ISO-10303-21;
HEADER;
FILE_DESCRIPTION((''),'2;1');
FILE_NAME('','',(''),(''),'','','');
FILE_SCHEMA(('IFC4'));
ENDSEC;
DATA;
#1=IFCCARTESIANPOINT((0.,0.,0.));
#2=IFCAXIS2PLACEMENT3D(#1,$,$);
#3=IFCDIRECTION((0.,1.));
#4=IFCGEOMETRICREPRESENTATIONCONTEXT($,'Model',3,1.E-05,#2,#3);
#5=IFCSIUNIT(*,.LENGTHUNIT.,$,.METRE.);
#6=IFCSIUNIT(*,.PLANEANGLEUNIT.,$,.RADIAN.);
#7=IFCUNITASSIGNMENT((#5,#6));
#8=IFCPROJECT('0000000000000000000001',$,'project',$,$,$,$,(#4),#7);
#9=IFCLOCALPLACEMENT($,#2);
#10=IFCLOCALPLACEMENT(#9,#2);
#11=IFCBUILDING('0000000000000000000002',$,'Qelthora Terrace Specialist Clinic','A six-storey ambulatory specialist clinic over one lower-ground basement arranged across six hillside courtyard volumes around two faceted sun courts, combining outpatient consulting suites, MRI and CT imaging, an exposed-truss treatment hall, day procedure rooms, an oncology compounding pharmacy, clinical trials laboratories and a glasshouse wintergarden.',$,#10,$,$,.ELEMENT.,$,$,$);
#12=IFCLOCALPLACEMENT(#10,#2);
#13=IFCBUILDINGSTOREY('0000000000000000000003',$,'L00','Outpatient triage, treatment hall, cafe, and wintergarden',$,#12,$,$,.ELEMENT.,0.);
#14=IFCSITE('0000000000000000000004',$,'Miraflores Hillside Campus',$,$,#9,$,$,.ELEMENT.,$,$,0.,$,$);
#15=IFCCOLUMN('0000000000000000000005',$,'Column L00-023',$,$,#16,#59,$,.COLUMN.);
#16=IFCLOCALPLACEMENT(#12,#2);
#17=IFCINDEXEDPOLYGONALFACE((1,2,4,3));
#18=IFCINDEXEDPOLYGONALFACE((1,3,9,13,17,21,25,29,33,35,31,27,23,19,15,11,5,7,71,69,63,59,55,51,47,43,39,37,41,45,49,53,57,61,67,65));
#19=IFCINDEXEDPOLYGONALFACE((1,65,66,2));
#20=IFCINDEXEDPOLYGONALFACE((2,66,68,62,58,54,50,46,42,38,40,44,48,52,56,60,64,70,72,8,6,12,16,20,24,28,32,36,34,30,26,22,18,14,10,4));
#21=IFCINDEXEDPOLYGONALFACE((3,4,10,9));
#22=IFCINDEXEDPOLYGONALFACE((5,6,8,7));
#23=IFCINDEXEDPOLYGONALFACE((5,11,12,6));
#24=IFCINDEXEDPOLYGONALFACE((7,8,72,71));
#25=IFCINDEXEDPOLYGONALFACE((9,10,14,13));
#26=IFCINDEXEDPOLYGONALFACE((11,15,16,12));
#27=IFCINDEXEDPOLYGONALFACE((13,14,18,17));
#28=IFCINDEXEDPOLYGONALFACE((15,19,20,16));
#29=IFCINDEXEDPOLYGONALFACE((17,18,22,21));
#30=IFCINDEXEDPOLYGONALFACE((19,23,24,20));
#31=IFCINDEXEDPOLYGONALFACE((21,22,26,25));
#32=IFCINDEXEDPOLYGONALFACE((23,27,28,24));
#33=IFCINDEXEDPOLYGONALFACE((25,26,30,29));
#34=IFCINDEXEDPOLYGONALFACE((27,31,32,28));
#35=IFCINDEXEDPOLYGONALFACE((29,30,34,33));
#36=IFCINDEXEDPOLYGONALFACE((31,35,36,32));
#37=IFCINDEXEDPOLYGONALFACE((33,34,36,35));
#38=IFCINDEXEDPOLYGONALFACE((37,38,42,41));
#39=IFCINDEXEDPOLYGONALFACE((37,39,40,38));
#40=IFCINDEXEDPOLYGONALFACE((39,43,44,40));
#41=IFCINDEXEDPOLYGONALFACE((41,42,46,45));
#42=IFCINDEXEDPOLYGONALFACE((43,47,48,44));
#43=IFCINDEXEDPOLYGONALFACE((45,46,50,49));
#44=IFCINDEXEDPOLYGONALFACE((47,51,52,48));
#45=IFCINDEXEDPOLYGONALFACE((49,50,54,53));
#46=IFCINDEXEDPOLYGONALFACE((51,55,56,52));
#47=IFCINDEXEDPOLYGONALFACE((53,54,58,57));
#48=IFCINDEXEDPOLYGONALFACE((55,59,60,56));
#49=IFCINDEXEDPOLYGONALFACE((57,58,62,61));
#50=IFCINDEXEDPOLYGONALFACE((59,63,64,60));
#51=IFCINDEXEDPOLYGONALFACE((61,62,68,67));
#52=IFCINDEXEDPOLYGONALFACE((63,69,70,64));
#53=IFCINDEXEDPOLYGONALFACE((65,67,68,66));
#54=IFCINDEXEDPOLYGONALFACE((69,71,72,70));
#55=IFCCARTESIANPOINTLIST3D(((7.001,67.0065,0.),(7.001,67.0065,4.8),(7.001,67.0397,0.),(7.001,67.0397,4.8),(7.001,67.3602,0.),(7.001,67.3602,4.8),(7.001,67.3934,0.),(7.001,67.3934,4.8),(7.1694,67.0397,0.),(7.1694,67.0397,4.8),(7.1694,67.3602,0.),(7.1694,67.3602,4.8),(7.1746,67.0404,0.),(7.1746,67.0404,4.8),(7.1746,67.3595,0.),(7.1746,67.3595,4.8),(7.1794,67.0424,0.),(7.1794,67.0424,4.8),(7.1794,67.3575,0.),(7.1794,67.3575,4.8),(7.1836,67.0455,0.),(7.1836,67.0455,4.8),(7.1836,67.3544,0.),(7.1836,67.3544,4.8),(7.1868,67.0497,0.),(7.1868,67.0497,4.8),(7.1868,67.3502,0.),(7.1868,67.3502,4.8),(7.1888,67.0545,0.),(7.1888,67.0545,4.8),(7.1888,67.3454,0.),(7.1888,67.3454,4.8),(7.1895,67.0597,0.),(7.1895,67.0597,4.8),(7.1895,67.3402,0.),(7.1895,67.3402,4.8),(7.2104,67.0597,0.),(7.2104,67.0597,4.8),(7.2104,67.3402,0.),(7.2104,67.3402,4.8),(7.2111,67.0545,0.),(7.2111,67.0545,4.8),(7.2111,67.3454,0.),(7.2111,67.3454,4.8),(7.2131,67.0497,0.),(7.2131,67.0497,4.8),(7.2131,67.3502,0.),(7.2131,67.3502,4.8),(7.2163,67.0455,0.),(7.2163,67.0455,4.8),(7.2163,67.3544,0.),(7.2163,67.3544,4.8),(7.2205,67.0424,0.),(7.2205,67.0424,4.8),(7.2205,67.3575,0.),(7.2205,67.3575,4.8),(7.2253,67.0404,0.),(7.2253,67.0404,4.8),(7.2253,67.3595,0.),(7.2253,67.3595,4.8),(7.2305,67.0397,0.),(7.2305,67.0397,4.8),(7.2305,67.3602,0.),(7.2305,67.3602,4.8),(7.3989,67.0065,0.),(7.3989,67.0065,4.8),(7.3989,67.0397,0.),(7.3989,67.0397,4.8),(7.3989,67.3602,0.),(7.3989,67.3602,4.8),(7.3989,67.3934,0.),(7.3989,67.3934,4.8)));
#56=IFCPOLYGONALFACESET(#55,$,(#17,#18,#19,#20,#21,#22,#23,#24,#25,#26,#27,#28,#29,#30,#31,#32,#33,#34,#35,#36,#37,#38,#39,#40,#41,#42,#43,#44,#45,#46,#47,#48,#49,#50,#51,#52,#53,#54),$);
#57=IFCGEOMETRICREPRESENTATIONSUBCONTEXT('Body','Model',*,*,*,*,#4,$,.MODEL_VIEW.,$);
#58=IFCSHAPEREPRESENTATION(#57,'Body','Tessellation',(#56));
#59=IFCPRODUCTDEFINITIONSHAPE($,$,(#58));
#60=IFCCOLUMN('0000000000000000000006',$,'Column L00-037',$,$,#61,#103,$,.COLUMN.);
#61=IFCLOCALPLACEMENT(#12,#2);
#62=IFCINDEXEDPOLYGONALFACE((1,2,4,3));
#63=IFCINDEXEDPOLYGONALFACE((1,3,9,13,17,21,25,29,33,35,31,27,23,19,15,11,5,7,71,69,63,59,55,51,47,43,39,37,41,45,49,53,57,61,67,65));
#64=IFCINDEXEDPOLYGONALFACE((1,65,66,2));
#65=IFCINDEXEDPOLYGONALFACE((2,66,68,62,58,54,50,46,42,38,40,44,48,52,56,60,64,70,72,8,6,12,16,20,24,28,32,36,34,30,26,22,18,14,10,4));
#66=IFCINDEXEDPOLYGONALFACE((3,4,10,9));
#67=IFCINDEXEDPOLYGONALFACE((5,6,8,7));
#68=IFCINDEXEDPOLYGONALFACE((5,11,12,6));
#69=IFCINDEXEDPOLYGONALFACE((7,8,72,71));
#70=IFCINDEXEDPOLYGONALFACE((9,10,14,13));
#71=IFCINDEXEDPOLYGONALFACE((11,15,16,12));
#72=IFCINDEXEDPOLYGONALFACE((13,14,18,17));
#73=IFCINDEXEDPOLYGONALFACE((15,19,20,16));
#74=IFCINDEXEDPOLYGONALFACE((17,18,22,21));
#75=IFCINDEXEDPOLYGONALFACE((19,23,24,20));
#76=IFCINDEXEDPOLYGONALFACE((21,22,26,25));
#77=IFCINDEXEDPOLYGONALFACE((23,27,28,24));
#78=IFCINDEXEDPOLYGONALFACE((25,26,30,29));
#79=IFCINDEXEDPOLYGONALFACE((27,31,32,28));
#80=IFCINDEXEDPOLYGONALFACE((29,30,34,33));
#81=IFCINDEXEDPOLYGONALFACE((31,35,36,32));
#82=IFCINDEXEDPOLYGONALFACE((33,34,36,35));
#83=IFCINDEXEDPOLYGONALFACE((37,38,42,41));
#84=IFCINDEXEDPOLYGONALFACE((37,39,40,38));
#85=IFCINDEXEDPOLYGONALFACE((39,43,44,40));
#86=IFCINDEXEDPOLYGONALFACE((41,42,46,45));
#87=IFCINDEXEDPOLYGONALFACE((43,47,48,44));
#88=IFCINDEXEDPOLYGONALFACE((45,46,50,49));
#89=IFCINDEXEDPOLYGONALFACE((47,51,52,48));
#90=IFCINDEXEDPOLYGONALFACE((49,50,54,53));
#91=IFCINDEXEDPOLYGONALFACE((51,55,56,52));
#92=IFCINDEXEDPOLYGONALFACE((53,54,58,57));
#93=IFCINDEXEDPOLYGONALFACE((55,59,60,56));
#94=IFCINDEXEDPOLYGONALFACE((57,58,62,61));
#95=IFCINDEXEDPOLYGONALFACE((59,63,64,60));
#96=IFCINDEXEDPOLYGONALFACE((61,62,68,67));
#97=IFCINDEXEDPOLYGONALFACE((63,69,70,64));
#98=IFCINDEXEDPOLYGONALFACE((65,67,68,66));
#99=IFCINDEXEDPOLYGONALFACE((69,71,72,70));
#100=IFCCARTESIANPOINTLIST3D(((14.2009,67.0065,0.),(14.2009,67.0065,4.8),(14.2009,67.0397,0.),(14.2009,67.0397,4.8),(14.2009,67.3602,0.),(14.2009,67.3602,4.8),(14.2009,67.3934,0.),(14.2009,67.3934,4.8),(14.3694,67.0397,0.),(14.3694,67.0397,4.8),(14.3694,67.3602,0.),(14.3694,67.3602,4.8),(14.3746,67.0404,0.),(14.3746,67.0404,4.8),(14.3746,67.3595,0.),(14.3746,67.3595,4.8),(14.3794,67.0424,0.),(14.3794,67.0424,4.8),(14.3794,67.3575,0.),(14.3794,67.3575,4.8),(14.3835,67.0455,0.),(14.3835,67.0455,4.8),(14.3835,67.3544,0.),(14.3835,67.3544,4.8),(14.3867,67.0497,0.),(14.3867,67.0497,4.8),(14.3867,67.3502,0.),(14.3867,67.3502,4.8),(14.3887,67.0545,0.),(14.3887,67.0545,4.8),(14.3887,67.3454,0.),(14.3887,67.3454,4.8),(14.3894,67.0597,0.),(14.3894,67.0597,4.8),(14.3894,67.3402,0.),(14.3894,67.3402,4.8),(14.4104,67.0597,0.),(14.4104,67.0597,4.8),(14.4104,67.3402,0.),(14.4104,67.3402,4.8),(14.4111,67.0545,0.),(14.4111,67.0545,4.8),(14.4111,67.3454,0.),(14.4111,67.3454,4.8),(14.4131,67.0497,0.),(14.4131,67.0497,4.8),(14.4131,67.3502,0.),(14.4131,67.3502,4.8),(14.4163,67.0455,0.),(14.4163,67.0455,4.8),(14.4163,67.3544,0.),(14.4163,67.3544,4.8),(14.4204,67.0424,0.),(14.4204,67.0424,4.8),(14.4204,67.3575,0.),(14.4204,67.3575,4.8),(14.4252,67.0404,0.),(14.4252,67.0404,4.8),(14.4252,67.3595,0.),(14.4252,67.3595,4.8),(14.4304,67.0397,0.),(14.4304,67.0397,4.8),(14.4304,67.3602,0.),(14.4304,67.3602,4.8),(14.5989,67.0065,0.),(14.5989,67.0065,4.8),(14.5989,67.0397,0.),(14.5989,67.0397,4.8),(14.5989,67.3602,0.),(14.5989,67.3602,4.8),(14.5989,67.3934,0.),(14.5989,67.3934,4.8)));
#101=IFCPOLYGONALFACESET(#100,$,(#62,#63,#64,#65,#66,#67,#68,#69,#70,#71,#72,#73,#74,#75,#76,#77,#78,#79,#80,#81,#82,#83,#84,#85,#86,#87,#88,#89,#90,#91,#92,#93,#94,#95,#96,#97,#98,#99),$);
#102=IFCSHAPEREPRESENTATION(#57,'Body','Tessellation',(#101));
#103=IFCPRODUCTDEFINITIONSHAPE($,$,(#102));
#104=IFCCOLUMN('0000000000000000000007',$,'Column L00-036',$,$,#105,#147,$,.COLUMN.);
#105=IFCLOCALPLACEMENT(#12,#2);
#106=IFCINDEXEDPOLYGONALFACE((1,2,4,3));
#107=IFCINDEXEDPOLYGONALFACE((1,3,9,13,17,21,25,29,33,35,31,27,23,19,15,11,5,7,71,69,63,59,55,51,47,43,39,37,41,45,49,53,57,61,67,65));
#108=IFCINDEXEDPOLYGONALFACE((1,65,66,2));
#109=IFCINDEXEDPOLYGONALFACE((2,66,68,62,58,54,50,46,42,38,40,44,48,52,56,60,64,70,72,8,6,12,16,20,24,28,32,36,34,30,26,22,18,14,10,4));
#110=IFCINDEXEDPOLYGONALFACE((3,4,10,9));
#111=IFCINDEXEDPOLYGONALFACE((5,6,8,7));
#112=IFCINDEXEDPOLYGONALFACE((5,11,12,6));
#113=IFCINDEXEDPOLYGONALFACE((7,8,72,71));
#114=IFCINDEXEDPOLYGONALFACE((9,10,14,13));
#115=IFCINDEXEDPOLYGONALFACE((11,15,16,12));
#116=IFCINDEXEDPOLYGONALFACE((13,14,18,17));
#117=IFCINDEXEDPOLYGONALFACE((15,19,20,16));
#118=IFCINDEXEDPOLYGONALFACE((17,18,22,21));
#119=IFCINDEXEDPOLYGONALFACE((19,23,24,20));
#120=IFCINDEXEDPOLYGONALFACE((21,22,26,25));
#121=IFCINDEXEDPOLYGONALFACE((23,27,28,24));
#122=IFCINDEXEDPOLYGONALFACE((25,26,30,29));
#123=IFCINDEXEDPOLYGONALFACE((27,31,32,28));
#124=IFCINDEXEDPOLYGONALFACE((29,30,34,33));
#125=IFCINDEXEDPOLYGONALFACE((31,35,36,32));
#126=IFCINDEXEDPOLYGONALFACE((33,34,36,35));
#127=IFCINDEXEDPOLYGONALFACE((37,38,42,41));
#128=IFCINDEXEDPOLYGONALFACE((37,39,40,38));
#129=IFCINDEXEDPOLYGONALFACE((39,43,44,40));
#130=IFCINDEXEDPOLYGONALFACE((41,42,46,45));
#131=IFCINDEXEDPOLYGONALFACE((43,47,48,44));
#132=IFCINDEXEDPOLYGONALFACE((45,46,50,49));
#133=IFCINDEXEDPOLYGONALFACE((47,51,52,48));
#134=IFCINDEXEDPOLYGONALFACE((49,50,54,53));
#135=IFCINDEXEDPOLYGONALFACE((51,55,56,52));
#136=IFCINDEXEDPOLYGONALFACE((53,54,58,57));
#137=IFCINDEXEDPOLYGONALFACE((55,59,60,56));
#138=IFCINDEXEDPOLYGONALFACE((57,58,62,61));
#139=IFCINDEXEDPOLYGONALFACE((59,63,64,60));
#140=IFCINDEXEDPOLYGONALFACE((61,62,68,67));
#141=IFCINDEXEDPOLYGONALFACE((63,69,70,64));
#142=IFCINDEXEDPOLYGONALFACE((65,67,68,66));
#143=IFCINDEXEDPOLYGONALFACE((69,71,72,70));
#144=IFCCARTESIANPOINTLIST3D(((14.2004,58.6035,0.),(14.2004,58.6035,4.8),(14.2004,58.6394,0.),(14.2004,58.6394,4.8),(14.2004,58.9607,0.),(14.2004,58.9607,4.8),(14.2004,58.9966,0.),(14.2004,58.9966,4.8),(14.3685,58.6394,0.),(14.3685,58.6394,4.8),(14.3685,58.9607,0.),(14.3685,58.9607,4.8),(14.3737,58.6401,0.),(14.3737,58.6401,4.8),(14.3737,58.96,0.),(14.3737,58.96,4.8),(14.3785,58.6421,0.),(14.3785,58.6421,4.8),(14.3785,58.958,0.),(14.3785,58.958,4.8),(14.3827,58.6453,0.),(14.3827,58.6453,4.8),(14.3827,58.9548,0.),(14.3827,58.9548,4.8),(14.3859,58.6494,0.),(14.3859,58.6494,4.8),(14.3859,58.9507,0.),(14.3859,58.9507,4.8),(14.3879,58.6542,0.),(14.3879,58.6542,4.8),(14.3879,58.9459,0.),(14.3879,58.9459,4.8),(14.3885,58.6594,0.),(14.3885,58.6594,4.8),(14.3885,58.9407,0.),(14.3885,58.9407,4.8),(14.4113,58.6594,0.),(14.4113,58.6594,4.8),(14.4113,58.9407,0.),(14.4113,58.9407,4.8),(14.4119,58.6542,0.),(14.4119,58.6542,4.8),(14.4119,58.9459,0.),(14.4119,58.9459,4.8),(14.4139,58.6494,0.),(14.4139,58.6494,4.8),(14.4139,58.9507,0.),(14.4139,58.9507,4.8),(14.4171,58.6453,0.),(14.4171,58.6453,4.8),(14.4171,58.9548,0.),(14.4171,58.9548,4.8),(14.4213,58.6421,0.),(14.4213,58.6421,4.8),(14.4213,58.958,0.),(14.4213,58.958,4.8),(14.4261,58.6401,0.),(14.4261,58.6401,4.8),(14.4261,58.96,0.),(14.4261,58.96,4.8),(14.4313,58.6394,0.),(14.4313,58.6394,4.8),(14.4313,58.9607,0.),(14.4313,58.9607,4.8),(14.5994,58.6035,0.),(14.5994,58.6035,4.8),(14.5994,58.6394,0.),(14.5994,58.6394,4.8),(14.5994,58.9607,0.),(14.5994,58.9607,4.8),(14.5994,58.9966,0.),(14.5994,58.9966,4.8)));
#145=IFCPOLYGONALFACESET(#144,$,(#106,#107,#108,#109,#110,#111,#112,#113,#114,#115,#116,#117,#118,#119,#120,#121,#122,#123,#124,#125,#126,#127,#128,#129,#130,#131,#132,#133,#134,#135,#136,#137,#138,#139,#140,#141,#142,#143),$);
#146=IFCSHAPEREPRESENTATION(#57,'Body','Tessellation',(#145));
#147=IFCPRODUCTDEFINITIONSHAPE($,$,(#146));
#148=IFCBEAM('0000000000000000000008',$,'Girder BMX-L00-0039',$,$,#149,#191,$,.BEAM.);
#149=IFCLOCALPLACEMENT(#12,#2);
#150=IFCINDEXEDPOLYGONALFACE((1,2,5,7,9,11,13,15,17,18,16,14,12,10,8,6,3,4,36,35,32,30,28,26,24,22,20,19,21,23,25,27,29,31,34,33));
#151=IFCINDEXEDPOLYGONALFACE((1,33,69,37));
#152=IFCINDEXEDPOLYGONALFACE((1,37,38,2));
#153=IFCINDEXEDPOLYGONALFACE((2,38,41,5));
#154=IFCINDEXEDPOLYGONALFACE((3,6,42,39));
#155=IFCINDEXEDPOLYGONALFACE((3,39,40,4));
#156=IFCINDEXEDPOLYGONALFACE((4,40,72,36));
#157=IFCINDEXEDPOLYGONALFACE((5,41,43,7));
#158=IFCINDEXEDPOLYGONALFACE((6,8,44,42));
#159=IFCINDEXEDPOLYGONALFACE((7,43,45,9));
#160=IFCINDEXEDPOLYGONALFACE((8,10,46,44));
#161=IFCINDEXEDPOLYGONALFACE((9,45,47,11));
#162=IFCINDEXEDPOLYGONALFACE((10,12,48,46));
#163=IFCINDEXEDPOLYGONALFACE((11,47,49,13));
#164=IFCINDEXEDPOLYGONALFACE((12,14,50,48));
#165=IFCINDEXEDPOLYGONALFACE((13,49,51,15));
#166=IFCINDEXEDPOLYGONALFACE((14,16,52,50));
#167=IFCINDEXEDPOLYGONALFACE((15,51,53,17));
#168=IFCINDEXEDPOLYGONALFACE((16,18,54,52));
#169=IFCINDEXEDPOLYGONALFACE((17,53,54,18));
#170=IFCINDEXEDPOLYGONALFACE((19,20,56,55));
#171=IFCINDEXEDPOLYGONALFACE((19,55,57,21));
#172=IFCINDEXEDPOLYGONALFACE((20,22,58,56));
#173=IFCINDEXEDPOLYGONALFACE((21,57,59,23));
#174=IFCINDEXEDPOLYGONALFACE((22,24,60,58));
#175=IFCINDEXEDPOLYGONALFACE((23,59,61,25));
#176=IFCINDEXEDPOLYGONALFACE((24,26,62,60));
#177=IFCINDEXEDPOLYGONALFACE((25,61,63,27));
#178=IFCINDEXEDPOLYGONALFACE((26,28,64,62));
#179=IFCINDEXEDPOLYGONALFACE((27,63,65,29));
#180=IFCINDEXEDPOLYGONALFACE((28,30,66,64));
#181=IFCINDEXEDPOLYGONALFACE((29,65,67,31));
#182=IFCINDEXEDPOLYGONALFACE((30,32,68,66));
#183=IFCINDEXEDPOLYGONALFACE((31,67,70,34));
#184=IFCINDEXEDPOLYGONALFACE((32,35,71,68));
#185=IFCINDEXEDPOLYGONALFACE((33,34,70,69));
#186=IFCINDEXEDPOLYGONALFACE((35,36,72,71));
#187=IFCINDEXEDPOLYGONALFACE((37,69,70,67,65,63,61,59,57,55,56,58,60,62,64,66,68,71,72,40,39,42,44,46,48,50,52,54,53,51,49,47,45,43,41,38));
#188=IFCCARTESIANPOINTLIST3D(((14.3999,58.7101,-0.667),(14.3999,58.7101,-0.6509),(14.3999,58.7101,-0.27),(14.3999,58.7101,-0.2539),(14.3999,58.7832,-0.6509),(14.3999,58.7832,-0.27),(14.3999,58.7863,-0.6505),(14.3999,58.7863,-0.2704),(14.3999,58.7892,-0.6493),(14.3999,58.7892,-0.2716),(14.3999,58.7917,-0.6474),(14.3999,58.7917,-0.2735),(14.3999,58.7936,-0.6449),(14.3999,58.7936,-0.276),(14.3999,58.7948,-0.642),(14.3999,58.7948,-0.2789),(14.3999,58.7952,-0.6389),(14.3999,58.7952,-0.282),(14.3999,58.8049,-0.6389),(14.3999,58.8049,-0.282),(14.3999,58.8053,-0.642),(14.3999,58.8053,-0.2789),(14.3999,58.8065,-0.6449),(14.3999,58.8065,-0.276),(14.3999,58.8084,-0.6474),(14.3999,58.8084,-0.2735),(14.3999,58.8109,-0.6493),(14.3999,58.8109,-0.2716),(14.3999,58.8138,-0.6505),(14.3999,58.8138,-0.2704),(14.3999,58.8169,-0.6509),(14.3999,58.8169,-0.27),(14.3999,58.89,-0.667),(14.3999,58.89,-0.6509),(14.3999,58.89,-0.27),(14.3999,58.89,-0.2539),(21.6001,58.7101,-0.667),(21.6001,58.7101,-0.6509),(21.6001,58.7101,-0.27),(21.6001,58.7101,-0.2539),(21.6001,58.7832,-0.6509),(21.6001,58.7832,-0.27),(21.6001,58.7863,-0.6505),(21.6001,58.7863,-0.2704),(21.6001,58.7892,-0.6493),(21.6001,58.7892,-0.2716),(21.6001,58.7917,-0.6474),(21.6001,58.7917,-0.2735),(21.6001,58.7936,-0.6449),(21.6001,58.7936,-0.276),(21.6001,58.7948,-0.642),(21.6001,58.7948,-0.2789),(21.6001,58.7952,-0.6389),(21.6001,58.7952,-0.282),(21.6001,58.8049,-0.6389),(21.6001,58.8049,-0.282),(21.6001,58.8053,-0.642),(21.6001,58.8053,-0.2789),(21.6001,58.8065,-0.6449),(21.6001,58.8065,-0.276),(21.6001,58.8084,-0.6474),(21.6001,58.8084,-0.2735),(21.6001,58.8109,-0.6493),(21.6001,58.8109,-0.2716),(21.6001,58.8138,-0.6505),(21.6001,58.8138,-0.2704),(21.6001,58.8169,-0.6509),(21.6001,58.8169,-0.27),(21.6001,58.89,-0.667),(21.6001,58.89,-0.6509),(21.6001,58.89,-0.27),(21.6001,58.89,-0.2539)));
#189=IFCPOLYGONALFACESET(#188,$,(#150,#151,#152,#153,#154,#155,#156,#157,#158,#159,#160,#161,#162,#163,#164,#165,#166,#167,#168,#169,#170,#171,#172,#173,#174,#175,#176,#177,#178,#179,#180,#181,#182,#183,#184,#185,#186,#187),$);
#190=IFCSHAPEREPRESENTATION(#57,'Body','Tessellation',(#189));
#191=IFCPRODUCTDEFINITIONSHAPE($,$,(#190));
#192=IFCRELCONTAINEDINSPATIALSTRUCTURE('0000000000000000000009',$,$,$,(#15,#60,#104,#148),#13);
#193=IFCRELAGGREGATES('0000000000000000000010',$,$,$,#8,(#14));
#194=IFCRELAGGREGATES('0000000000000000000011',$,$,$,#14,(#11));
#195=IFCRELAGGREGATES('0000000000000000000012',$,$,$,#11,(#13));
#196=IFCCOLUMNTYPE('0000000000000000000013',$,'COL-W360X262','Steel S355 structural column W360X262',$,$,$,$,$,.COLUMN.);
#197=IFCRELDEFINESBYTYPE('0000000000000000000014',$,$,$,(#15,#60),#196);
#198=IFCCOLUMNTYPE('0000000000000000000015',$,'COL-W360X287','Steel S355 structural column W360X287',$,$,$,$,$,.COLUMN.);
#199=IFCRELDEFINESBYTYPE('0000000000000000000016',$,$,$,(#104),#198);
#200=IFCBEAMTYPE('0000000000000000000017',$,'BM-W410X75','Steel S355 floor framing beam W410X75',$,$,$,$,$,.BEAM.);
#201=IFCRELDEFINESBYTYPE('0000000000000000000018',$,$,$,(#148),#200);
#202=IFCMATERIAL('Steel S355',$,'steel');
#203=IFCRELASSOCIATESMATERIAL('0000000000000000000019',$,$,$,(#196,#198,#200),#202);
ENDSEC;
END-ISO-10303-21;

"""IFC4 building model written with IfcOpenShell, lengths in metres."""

from ifc_helpers import new_model, si_unit, direction, frame, origin, origin_2d, place, context, subcontext, project, spatial, i_section, extrude, material, material_profile, profile_set, type_object, element, save


model = new_model("IFC4")

# Units and contexts
model_context = context("Model", 3, precision=1e-05, world=origin(), true_north=direction((0.0, 1.0)))
body_context = subcontext(model_context, "Body", "Model", "MODEL_VIEW")
ifc_project = project(units=[si_unit("LENGTHUNIT", "METRE"), si_unit("PLANEANGLEUNIT", "RADIAN")], contexts=[model_context])

# Site, building, storey
site_placement = place(None, origin())
site = spatial("IfcSite", under=ifc_project, at=site_placement, Name="Miraflores Hillside Campus", CompositionType="ELEMENT", RefElevation=0.0)
building_placement = place(site_placement, origin())
building = spatial("IfcBuilding", under=site, at=building_placement, Name="Qelthora Terrace Specialist Clinic", Description="A six-storey ambulatory specialist clinic over one lower-ground basement arranged across six hillside courtyard volumes around two faceted sun courts, combining outpatient consulting suites, MRI and CT imaging, an exposed-truss treatment hall, day procedure rooms, an oncology compounding pharmacy, clinical trials laboratories and a glasshouse wintergarden.", CompositionType="ELEMENT")
storey_placement = place(building_placement, origin())
storey = spatial("IfcBuildingStorey", under=building, at=storey_placement, Name="L00", Description="Outpatient triage, treatment hall, cafe, and wintergarden", CompositionType="ELEMENT", Elevation=0.0)

# Columns
ifc_material_1 = material(Name="Steel S355", Category="steel")
ifc_material_profile_1 = material_profile(ifc_material_1, i_section(OverallWidth=0.3979, OverallDepth=0.387, WebThickness=0.021, FlangeThickness=0.0332, FilletRadius=0.02, at=origin_2d()), Name="W360X262")
ifc_profile_set_1 = profile_set([ifc_material_profile_1], Name="Steel S355")
column_type_1 = type_object("IfcColumnType", Name="COL-W360X262", Description="Steel S355 structural column W360X262", PredefinedType="COLUMN", material=ifc_profile_set_1)
for number, where, z_axis, x_axis, name in (
    (1, (7.2, 67.2, 0.0), (0.0, 0.0, 1.0), (1.0, 0.0, 0.0), "Column L00-023"),
    (2, (14.3999, 67.2, 0.0), (0.0, 0.0, 1.0), (1.0, 0.0, 0.0), "Column L00-037"),
):
    element("IfcColumn", number, at=place(storey_placement, frame(where, z_axis=z_axis, x_axis=x_axis)), inside=storey, type_object=column_type_1, Name=name, PredefinedType="COLUMN", context=body_context, shape_type="SweptSolid", body=[
        extrude(i_section(OverallWidth=0.3979, OverallDepth=0.387, WebThickness=0.021, FlangeThickness=0.0332, FilletRadius=0.02, at=origin_2d()), origin(), (0.0, 0.0, 1.0), 4.8),
    ])
ifc_material_profile_2 = material_profile(ifc_material_1, i_section(OverallWidth=0.3989, OverallDepth=0.3931, WebThickness=0.0227, FlangeThickness=0.0359, FilletRadius=0.02, at=origin_2d()), Name="W360X287")
ifc_profile_set_2 = profile_set([ifc_material_profile_2], Name="Steel S355")
column_type_2 = type_object("IfcColumnType", Name="COL-W360X287", Description="Steel S355 structural column W360X287", PredefinedType="COLUMN", material=ifc_profile_set_2)
column_placement = place(storey_placement, frame((14.3999, 58.8, 0.0), z_axis=(0.0, 0.0, 1.0), x_axis=(1.0, 0.0, 0.0)))
element("IfcColumn", 3, at=column_placement, inside=storey, type_object=column_type_2, Name="Column L00-036", PredefinedType="COLUMN", context=body_context, shape_type="SweptSolid", body=[
    extrude(i_section(OverallWidth=0.3989, OverallDepth=0.3931, WebThickness=0.0227, FlangeThickness=0.0359, FilletRadius=0.02, at=origin_2d()), origin(), (0.0, 0.0, 1.0), 4.8),
])

# Beam
ifc_material_profile_3 = material_profile(ifc_material_1, i_section(OverallWidth=0.1799, OverallDepth=0.4131, WebThickness=0.0098, FlangeThickness=0.0161, FilletRadius=0.012, at=origin_2d()), Name="W410X75")
ifc_profile_set_3 = profile_set([ifc_material_profile_3], Name="Steel S355")
beam_type_1 = type_object("IfcBeamType", Name="BM-W410X75", Description="Steel S355 floor framing beam W410X75", PredefinedType="BEAM", material=ifc_profile_set_3)
beam_1_placement = place(storey_placement, frame((14.3999, 58.8, -0.4604), z_axis=(1.0, 0.0, 0.0), x_axis=(0.0, 1.0, 0.0)))
element("IfcBeam", 4, at=beam_1_placement, inside=storey, type_object=beam_type_1, Name="Girder BMX-L00-0039", PredefinedType="BEAM", context=body_context, shape_type="SweptSolid", body=[
    extrude(i_section(OverallWidth=0.1799, OverallDepth=0.4131, WebThickness=0.0098, FlangeThickness=0.0161, FilletRadius=0.012, at=origin_2d()), origin(), (0.0, 0.0, 1.0), 7.2002),
])

save(model, "model.ifc")
